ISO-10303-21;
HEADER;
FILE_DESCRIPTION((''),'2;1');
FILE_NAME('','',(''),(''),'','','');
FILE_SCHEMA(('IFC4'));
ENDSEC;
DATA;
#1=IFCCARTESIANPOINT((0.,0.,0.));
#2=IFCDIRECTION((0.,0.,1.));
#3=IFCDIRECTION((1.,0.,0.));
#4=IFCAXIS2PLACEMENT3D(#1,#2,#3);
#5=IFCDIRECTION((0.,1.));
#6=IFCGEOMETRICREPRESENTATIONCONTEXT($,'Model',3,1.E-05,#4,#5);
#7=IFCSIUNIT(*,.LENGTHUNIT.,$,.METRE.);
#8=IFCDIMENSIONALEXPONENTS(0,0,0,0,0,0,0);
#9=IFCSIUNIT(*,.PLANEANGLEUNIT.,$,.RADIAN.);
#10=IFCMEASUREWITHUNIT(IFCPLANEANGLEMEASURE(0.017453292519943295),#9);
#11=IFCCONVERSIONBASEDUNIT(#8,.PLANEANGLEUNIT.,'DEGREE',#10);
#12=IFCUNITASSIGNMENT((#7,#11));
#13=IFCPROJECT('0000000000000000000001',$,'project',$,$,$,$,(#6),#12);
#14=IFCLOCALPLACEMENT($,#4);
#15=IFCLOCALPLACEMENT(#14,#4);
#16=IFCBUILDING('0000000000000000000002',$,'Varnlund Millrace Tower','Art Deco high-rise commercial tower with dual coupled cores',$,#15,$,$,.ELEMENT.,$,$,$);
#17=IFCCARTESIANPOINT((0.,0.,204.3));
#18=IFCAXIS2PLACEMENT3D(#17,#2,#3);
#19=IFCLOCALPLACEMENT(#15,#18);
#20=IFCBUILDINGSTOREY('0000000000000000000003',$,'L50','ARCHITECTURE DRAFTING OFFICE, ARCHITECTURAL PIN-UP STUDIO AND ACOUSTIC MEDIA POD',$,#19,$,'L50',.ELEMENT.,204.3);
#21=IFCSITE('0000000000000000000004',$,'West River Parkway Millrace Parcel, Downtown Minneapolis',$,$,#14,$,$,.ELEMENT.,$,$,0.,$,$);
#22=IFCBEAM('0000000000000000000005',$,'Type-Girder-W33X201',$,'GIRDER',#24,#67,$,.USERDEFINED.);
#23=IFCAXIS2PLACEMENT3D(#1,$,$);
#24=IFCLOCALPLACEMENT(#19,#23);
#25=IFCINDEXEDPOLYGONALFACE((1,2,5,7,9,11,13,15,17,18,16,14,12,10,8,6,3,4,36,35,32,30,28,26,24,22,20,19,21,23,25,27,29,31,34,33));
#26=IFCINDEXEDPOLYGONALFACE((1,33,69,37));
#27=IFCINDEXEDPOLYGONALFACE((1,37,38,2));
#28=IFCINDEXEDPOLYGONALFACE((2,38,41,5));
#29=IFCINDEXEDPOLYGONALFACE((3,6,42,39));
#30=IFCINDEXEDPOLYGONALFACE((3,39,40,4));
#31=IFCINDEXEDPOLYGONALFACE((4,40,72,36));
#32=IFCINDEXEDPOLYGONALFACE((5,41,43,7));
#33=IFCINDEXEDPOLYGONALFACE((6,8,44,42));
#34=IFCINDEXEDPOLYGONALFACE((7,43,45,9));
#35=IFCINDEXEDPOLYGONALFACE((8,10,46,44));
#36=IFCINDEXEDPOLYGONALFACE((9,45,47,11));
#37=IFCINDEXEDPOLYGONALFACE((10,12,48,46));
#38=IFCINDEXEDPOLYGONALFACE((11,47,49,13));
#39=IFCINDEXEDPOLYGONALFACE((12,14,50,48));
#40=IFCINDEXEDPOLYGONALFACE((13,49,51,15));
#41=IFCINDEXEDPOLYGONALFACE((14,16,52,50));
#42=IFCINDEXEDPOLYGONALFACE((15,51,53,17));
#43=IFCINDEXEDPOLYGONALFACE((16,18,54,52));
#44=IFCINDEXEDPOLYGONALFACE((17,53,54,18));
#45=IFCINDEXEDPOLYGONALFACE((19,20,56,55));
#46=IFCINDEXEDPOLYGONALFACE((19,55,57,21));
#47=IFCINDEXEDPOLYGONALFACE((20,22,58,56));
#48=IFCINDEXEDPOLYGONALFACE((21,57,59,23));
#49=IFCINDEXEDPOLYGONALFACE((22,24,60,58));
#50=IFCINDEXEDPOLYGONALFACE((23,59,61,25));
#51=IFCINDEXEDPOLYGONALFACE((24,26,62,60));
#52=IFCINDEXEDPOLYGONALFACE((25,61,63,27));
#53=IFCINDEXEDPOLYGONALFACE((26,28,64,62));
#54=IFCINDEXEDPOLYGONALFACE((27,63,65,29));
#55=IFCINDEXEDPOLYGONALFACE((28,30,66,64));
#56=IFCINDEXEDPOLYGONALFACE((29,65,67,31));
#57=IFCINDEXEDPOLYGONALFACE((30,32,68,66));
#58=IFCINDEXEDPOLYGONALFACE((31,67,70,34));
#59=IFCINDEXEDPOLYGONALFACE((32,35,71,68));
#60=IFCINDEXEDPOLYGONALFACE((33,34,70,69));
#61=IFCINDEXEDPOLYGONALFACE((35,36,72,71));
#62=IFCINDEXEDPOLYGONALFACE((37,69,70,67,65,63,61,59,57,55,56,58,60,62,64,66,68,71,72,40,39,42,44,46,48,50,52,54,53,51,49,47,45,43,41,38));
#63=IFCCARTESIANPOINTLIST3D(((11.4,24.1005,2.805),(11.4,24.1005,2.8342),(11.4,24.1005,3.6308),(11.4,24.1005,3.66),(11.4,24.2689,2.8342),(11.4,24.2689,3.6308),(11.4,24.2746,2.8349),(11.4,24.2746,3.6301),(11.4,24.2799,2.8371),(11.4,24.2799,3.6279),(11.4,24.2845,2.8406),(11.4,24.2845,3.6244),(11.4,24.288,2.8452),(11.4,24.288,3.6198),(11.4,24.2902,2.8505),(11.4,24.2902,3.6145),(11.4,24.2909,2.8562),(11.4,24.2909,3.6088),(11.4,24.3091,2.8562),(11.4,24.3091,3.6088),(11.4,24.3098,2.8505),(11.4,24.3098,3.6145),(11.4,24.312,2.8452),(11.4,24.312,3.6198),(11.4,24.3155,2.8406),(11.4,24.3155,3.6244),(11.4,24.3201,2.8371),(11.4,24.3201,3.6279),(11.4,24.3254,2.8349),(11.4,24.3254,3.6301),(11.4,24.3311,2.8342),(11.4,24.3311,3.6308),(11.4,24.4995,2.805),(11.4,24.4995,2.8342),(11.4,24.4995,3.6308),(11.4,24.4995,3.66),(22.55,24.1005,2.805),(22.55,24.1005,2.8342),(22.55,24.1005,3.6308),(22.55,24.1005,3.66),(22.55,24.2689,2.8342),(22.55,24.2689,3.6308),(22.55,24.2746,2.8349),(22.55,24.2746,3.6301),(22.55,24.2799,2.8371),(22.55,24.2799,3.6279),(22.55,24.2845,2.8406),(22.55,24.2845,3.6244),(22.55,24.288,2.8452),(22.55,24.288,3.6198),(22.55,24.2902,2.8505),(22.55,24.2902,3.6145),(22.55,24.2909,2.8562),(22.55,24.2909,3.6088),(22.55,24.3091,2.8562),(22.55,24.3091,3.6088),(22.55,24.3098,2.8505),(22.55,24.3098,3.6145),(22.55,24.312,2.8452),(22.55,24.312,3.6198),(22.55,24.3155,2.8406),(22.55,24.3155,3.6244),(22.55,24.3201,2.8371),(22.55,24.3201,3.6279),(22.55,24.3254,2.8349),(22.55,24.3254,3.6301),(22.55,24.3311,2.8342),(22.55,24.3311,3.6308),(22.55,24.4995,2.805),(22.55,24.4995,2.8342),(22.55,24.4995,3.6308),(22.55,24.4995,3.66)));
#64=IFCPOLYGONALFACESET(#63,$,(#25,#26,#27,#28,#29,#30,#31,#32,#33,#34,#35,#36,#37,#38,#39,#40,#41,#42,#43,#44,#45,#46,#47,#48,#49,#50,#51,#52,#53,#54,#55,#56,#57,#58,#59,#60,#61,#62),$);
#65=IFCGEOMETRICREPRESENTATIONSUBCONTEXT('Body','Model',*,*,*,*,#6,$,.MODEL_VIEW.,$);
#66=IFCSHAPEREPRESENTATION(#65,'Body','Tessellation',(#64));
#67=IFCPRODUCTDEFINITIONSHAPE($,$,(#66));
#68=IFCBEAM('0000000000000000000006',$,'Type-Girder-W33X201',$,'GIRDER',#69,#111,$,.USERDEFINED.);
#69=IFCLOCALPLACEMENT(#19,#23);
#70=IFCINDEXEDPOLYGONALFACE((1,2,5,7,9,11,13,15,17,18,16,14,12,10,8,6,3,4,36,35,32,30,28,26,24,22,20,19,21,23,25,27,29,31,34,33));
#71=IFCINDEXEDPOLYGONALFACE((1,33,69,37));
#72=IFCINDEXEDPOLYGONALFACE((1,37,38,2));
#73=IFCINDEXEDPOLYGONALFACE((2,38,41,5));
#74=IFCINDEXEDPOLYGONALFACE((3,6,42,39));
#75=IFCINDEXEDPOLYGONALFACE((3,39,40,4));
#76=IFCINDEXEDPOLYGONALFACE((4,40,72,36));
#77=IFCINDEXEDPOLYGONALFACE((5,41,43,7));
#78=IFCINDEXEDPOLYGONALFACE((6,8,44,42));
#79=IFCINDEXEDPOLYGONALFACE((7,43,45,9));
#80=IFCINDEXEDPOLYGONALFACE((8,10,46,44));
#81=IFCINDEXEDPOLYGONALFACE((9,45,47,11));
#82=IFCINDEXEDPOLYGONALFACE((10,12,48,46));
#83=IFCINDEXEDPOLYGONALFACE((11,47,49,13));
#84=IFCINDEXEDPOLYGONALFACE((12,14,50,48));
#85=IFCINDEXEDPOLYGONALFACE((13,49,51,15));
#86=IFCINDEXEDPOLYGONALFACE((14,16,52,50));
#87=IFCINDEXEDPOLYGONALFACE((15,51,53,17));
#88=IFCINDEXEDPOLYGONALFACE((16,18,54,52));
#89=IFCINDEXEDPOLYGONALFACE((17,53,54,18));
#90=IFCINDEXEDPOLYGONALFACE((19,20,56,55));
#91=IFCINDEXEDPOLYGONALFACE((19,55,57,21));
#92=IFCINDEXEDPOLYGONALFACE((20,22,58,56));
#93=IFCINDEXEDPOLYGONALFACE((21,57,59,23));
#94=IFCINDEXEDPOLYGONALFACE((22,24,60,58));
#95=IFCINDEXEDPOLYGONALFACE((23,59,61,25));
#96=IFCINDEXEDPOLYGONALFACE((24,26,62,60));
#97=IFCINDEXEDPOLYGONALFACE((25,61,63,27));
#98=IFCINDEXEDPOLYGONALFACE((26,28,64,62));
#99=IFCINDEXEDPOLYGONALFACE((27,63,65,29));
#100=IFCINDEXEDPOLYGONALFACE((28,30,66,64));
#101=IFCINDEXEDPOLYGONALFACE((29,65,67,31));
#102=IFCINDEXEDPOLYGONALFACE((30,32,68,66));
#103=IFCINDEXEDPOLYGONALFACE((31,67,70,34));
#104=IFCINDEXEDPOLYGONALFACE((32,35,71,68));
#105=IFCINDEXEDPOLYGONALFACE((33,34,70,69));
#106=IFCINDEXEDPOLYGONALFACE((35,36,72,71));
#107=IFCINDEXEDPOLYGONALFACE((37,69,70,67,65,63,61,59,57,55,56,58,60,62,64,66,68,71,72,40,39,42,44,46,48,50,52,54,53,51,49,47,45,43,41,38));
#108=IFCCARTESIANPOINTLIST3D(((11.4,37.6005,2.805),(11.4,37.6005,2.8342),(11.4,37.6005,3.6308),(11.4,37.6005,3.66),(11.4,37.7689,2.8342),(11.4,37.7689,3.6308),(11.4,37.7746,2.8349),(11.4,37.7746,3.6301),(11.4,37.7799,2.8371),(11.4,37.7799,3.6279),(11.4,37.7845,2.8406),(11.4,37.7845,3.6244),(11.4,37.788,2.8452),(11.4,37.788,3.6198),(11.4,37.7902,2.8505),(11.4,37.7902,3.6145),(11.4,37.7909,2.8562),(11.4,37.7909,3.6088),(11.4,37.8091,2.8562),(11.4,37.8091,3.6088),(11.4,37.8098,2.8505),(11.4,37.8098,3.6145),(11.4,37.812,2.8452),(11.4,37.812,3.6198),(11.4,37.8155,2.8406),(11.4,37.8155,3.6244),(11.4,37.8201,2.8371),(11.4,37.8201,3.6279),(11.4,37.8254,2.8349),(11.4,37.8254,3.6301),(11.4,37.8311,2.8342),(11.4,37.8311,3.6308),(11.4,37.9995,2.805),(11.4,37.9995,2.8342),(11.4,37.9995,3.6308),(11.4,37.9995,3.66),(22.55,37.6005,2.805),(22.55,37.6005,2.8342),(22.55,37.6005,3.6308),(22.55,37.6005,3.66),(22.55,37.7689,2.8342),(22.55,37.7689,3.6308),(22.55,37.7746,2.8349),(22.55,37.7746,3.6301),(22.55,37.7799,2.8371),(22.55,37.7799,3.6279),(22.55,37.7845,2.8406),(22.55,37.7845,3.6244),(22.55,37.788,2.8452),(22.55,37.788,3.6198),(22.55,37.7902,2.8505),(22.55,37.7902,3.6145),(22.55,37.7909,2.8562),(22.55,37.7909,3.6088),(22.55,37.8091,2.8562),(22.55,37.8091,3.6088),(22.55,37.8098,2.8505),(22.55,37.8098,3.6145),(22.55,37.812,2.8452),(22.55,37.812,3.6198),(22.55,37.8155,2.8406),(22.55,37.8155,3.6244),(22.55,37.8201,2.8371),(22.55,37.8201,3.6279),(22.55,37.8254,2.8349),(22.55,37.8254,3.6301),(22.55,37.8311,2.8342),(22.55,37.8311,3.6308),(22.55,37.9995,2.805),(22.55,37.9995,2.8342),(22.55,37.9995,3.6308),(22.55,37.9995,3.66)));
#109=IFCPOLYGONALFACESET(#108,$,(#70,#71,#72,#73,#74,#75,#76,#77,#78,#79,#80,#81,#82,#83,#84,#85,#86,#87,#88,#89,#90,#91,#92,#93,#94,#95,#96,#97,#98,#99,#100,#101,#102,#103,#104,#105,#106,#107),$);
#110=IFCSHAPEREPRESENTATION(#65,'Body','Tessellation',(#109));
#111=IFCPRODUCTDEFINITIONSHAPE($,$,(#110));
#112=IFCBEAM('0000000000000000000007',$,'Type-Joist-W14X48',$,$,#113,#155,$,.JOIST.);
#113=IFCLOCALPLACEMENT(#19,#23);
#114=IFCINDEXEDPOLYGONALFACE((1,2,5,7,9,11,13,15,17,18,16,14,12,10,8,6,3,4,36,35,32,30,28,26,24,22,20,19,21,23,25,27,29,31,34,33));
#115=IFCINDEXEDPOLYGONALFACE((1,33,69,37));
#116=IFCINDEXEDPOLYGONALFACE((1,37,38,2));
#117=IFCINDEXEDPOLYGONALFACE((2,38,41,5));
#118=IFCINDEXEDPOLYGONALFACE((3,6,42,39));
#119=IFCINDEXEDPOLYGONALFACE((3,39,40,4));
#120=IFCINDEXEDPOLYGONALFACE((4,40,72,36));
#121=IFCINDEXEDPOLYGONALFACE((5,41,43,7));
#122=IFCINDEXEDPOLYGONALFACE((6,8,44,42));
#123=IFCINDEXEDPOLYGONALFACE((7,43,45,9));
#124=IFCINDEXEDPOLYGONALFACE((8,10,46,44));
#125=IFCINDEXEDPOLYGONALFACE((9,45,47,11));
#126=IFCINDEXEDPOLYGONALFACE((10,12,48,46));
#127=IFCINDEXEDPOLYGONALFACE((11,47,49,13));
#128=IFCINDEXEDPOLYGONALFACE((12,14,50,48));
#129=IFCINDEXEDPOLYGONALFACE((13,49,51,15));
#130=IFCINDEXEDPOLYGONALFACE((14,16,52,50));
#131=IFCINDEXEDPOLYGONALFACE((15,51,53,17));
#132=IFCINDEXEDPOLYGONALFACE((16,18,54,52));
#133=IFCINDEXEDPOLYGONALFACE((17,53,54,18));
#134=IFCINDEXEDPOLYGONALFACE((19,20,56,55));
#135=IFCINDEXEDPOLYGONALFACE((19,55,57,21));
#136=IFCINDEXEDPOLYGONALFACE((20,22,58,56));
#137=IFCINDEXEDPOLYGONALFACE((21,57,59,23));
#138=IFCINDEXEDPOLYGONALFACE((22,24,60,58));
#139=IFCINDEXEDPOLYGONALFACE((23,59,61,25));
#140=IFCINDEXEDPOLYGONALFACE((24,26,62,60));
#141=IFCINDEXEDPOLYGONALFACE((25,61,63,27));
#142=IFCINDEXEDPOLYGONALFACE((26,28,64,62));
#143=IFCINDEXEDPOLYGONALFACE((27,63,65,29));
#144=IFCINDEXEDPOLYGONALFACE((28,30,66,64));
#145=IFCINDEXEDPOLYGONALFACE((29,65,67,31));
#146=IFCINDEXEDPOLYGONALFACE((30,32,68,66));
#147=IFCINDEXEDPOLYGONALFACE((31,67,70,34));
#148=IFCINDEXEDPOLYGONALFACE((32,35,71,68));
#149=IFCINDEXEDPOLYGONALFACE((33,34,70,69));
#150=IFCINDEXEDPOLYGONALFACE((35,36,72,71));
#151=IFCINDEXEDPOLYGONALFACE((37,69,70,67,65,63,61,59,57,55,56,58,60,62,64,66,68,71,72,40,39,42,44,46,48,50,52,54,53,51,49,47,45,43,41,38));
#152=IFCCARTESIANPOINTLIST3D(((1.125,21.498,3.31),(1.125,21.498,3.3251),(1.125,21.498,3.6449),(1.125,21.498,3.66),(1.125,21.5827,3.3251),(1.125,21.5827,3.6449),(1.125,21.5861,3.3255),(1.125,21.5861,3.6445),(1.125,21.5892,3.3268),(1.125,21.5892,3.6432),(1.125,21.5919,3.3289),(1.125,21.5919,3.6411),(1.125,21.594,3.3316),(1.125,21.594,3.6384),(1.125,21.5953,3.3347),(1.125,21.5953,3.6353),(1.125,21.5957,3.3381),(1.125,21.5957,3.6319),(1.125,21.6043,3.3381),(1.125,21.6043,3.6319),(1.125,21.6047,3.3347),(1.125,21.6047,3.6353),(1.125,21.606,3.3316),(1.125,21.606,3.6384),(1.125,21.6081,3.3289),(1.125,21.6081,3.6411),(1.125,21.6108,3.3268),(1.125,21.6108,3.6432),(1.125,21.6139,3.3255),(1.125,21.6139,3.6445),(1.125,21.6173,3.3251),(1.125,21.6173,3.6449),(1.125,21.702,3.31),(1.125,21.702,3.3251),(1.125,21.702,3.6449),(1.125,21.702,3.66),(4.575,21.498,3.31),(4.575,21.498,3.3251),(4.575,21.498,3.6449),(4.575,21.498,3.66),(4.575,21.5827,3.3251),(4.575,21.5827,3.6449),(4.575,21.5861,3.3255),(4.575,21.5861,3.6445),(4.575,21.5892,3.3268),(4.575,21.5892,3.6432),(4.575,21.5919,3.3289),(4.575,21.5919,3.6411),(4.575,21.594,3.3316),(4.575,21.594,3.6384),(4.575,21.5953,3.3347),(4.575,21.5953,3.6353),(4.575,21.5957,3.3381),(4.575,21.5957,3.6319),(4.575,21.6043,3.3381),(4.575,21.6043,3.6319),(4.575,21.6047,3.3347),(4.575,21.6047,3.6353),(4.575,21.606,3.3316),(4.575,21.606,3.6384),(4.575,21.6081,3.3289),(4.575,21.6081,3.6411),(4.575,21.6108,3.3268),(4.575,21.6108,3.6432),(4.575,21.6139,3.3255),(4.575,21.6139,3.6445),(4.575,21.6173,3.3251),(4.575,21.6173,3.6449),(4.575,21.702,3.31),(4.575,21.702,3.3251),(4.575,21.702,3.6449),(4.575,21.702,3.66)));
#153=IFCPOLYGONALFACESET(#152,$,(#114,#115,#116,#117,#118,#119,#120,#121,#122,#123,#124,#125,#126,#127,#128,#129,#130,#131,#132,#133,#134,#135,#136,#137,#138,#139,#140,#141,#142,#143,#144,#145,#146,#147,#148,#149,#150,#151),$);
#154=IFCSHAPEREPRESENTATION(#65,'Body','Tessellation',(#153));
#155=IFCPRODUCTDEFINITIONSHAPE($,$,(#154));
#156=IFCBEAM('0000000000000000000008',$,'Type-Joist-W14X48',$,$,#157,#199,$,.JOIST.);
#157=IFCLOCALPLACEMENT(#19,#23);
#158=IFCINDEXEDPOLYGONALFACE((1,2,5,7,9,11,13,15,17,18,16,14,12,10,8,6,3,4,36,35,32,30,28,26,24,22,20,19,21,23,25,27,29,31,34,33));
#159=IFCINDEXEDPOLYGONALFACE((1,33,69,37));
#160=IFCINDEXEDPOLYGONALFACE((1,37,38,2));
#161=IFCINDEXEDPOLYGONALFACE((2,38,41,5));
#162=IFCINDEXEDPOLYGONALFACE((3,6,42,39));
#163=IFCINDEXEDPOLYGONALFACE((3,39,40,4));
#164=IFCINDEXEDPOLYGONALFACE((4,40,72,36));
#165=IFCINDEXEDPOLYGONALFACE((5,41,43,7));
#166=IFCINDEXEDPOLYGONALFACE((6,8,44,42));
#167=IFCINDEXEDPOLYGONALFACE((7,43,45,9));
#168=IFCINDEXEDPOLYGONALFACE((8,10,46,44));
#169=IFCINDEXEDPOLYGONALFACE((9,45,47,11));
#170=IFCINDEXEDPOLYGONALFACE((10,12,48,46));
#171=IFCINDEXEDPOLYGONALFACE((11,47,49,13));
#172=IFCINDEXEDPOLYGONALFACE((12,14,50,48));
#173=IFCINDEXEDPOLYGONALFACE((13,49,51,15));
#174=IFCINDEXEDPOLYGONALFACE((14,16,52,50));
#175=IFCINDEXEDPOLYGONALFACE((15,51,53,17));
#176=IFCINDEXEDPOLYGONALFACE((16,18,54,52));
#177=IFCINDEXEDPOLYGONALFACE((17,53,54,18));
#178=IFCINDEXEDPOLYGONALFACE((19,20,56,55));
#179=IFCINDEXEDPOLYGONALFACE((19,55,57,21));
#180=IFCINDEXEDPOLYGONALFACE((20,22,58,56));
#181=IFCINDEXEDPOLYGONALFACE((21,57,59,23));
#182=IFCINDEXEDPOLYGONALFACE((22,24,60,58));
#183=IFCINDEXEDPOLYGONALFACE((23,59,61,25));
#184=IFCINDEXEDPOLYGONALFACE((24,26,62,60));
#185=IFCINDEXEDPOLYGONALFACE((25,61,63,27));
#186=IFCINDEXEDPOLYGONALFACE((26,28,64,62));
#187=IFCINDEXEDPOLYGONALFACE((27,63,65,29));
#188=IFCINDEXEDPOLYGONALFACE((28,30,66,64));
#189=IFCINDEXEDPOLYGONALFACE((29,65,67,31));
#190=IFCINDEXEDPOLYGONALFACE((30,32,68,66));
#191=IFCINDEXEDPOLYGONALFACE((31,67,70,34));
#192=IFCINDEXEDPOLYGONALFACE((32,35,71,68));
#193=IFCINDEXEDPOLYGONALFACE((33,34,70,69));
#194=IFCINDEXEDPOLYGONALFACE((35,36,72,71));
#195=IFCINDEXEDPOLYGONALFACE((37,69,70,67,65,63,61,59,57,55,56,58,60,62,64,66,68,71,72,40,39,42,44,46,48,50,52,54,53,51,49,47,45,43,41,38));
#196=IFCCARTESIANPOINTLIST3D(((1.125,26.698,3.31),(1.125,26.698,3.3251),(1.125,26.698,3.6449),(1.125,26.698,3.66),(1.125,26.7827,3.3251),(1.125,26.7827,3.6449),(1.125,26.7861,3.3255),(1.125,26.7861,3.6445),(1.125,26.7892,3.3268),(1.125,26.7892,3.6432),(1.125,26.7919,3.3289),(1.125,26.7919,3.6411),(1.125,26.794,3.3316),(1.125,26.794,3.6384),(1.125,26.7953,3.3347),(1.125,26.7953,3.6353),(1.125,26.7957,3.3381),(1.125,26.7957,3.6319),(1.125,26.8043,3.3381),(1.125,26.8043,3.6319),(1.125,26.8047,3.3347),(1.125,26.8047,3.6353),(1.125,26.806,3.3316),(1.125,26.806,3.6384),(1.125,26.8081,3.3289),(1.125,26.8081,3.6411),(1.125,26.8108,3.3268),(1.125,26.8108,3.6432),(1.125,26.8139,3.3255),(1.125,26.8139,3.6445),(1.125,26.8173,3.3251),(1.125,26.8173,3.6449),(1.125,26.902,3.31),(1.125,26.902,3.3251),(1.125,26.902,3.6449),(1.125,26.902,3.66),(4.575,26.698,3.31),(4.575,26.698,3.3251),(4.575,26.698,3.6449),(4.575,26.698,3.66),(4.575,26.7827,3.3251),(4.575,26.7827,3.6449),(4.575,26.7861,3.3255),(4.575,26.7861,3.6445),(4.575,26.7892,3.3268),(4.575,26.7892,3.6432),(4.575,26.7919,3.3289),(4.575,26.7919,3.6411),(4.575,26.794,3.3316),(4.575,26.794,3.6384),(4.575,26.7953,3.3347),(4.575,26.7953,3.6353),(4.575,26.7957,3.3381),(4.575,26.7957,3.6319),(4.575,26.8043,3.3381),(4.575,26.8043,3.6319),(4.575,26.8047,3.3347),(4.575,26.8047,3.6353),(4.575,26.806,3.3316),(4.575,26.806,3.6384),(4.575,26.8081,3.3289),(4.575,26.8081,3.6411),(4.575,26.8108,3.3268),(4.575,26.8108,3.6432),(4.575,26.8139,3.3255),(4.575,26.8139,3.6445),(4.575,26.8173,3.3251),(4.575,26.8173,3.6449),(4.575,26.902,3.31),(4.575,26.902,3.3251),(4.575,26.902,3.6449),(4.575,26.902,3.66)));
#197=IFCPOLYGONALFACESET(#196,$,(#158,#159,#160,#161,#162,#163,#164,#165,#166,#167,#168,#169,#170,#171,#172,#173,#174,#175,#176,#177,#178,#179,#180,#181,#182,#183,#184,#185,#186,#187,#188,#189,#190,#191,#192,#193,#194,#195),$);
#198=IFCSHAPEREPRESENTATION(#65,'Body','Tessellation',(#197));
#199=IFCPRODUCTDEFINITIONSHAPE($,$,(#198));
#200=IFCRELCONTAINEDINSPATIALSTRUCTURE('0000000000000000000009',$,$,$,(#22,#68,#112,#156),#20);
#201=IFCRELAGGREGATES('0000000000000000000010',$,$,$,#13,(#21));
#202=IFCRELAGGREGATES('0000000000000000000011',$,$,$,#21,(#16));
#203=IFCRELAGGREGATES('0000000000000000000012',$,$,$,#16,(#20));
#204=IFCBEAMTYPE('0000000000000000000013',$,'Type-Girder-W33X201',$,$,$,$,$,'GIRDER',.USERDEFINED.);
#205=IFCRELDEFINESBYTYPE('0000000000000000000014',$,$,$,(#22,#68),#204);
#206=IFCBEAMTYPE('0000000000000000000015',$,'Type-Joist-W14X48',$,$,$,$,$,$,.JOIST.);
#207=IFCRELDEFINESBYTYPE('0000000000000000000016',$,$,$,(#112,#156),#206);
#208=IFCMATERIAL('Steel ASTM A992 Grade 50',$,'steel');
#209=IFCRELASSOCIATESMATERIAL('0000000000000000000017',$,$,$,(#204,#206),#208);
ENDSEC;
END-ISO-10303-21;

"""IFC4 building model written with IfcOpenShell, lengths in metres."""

from ifc_helpers import new_model, entity, si_unit, converted_unit, direction, frame, origin_with_axes, origin_2d_with_axis, place, context, subcontext, project, spatial, i_section, extrude, material, material_profile, profile_set, type_object, element, save


model = new_model("IFC4")

# Units and contexts
model_context = context("Model", 3, precision=1e-05, world=origin_with_axes(), true_north=direction((0.0, 1.0)))
body_context = subcontext(model_context, "Body", "Model", "MODEL_VIEW")
ifc_project = project(units=[si_unit("LENGTHUNIT", "METRE"), converted_unit("PLANEANGLEUNIT", "DEGREE", entity("IfcPlaneAngleMeasure", 0.017453292519943295), si_unit("PLANEANGLEUNIT", "RADIAN"), dimensions=[0, 0, 0, 0, 0, 0, 0])], contexts=[model_context])

# Site, building, storey
site_placement = place(None, origin_with_axes())
site = spatial("IfcSite", under=ifc_project, at=site_placement, Name="West River Parkway Millrace Parcel, Downtown Minneapolis", CompositionType="ELEMENT", RefElevation=0.0)
building_placement = place(site_placement, origin_with_axes())
building = spatial("IfcBuilding", under=site, at=building_placement, Name="Varnlund Millrace Tower", Description="Art Deco high-rise commercial tower with dual coupled cores", CompositionType="ELEMENT")
storey_placement = place(building_placement, frame((0.0, 0.0, 204.3), z_axis=(0.0, 0.0, 1.0), x_axis=(1.0, 0.0, 0.0)))
storey = spatial("IfcBuildingStorey", under=building, at=storey_placement, Name="L50", Description="ARCHITECTURE DRAFTING OFFICE, ARCHITECTURAL PIN-UP STUDIO AND ACOUSTIC MEDIA POD", LongName="L50", CompositionType="ELEMENT", Elevation=204.3)

# Beams
ifc_material_1 = material(Name="Steel ASTM A992 Grade 50", Category="steel")
ifc_material_profile_1 = material_profile(ifc_material_1, i_section(OverallWidth=0.399, OverallDepth=0.855, WebThickness=0.0182, FlangeThickness=0.0292, FilletRadius=0.022, at=origin_2d_with_axis()), Name="Steel ASTM A992 Grade 50")
ifc_profile_set_1 = profile_set([ifc_material_profile_1], Name="Steel ASTM A992 Grade 50")
beam_type_1 = type_object("IfcBeamType", Name="Type-Girder-W33X201", ElementType="GIRDER", PredefinedType="USERDEFINED", material=ifc_profile_set_1)
for number, where, z_axis, x_axis, name in (
    (1, (11.4, 24.3, 3.2325), (1.0, 0.0, 0.0), (0.0, 1.0, 0.0), "Type-Girder-W33X201"),
    (2, (11.4, 37.8, 3.2325), (1.0, 0.0, 0.0), (0.0, 1.0, 0.0), "Type-Girder-W33X201"),
):
    element("IfcBeam", number, at=place(storey_placement, frame(where, z_axis=z_axis, x_axis=x_axis)), inside=storey, type_object=beam_type_1, Name=name, ObjectType="GIRDER", PredefinedType="USERDEFINED", context=body_context, shape_type="SweptSolid", body=[
        extrude(i_section(OverallWidth=0.399, OverallDepth=0.855, WebThickness=0.0182, FlangeThickness=0.0292, FilletRadius=0.022, at=origin_2d_with_axis()), origin_with_axes(), (0.0, 0.0, 1.0), 11.15),
    ])
ifc_material_profile_2 = material_profile(ifc_material_1, i_section(OverallWidth=0.204, OverallDepth=0.35, WebThickness=0.0086, FlangeThickness=0.0151, FilletRadius=0.013, at=origin_2d_with_axis()), Name="Steel ASTM A992 Grade 50")
ifc_profile_set_2 = profile_set([ifc_material_profile_2], Name="Steel ASTM A992 Grade 50")
beam_type_2 = type_object("IfcBeamType", Name="Type-Joist-W14X48", PredefinedType="JOIST", material=ifc_profile_set_2)
for number, where, z_axis, x_axis, name in (
    (3, (1.125, 21.6, 3.485), (1.0, 0.0, 0.0), (0.0, 1.0, 0.0), "Type-Joist-W14X48"),
    (4, (1.125, 26.8, 3.485), (1.0, 0.0, 0.0), (0.0, 1.0, 0.0), "Type-Joist-W14X48"),
):
    element("IfcBeam", number, at=place(storey_placement, frame(where, z_axis=z_axis, x_axis=x_axis)), inside=storey, type_object=beam_type_2, Name=name, PredefinedType="JOIST", context=body_context, shape_type="SweptSolid", body=[
        extrude(i_section(OverallWidth=0.204, OverallDepth=0.35, WebThickness=0.0086, FlangeThickness=0.0151, FilletRadius=0.013, at=origin_2d_with_axis()), origin_with_axes(), (0.0, 0.0, 1.0), 3.45),
    ])

save(model, "model.ifc")
